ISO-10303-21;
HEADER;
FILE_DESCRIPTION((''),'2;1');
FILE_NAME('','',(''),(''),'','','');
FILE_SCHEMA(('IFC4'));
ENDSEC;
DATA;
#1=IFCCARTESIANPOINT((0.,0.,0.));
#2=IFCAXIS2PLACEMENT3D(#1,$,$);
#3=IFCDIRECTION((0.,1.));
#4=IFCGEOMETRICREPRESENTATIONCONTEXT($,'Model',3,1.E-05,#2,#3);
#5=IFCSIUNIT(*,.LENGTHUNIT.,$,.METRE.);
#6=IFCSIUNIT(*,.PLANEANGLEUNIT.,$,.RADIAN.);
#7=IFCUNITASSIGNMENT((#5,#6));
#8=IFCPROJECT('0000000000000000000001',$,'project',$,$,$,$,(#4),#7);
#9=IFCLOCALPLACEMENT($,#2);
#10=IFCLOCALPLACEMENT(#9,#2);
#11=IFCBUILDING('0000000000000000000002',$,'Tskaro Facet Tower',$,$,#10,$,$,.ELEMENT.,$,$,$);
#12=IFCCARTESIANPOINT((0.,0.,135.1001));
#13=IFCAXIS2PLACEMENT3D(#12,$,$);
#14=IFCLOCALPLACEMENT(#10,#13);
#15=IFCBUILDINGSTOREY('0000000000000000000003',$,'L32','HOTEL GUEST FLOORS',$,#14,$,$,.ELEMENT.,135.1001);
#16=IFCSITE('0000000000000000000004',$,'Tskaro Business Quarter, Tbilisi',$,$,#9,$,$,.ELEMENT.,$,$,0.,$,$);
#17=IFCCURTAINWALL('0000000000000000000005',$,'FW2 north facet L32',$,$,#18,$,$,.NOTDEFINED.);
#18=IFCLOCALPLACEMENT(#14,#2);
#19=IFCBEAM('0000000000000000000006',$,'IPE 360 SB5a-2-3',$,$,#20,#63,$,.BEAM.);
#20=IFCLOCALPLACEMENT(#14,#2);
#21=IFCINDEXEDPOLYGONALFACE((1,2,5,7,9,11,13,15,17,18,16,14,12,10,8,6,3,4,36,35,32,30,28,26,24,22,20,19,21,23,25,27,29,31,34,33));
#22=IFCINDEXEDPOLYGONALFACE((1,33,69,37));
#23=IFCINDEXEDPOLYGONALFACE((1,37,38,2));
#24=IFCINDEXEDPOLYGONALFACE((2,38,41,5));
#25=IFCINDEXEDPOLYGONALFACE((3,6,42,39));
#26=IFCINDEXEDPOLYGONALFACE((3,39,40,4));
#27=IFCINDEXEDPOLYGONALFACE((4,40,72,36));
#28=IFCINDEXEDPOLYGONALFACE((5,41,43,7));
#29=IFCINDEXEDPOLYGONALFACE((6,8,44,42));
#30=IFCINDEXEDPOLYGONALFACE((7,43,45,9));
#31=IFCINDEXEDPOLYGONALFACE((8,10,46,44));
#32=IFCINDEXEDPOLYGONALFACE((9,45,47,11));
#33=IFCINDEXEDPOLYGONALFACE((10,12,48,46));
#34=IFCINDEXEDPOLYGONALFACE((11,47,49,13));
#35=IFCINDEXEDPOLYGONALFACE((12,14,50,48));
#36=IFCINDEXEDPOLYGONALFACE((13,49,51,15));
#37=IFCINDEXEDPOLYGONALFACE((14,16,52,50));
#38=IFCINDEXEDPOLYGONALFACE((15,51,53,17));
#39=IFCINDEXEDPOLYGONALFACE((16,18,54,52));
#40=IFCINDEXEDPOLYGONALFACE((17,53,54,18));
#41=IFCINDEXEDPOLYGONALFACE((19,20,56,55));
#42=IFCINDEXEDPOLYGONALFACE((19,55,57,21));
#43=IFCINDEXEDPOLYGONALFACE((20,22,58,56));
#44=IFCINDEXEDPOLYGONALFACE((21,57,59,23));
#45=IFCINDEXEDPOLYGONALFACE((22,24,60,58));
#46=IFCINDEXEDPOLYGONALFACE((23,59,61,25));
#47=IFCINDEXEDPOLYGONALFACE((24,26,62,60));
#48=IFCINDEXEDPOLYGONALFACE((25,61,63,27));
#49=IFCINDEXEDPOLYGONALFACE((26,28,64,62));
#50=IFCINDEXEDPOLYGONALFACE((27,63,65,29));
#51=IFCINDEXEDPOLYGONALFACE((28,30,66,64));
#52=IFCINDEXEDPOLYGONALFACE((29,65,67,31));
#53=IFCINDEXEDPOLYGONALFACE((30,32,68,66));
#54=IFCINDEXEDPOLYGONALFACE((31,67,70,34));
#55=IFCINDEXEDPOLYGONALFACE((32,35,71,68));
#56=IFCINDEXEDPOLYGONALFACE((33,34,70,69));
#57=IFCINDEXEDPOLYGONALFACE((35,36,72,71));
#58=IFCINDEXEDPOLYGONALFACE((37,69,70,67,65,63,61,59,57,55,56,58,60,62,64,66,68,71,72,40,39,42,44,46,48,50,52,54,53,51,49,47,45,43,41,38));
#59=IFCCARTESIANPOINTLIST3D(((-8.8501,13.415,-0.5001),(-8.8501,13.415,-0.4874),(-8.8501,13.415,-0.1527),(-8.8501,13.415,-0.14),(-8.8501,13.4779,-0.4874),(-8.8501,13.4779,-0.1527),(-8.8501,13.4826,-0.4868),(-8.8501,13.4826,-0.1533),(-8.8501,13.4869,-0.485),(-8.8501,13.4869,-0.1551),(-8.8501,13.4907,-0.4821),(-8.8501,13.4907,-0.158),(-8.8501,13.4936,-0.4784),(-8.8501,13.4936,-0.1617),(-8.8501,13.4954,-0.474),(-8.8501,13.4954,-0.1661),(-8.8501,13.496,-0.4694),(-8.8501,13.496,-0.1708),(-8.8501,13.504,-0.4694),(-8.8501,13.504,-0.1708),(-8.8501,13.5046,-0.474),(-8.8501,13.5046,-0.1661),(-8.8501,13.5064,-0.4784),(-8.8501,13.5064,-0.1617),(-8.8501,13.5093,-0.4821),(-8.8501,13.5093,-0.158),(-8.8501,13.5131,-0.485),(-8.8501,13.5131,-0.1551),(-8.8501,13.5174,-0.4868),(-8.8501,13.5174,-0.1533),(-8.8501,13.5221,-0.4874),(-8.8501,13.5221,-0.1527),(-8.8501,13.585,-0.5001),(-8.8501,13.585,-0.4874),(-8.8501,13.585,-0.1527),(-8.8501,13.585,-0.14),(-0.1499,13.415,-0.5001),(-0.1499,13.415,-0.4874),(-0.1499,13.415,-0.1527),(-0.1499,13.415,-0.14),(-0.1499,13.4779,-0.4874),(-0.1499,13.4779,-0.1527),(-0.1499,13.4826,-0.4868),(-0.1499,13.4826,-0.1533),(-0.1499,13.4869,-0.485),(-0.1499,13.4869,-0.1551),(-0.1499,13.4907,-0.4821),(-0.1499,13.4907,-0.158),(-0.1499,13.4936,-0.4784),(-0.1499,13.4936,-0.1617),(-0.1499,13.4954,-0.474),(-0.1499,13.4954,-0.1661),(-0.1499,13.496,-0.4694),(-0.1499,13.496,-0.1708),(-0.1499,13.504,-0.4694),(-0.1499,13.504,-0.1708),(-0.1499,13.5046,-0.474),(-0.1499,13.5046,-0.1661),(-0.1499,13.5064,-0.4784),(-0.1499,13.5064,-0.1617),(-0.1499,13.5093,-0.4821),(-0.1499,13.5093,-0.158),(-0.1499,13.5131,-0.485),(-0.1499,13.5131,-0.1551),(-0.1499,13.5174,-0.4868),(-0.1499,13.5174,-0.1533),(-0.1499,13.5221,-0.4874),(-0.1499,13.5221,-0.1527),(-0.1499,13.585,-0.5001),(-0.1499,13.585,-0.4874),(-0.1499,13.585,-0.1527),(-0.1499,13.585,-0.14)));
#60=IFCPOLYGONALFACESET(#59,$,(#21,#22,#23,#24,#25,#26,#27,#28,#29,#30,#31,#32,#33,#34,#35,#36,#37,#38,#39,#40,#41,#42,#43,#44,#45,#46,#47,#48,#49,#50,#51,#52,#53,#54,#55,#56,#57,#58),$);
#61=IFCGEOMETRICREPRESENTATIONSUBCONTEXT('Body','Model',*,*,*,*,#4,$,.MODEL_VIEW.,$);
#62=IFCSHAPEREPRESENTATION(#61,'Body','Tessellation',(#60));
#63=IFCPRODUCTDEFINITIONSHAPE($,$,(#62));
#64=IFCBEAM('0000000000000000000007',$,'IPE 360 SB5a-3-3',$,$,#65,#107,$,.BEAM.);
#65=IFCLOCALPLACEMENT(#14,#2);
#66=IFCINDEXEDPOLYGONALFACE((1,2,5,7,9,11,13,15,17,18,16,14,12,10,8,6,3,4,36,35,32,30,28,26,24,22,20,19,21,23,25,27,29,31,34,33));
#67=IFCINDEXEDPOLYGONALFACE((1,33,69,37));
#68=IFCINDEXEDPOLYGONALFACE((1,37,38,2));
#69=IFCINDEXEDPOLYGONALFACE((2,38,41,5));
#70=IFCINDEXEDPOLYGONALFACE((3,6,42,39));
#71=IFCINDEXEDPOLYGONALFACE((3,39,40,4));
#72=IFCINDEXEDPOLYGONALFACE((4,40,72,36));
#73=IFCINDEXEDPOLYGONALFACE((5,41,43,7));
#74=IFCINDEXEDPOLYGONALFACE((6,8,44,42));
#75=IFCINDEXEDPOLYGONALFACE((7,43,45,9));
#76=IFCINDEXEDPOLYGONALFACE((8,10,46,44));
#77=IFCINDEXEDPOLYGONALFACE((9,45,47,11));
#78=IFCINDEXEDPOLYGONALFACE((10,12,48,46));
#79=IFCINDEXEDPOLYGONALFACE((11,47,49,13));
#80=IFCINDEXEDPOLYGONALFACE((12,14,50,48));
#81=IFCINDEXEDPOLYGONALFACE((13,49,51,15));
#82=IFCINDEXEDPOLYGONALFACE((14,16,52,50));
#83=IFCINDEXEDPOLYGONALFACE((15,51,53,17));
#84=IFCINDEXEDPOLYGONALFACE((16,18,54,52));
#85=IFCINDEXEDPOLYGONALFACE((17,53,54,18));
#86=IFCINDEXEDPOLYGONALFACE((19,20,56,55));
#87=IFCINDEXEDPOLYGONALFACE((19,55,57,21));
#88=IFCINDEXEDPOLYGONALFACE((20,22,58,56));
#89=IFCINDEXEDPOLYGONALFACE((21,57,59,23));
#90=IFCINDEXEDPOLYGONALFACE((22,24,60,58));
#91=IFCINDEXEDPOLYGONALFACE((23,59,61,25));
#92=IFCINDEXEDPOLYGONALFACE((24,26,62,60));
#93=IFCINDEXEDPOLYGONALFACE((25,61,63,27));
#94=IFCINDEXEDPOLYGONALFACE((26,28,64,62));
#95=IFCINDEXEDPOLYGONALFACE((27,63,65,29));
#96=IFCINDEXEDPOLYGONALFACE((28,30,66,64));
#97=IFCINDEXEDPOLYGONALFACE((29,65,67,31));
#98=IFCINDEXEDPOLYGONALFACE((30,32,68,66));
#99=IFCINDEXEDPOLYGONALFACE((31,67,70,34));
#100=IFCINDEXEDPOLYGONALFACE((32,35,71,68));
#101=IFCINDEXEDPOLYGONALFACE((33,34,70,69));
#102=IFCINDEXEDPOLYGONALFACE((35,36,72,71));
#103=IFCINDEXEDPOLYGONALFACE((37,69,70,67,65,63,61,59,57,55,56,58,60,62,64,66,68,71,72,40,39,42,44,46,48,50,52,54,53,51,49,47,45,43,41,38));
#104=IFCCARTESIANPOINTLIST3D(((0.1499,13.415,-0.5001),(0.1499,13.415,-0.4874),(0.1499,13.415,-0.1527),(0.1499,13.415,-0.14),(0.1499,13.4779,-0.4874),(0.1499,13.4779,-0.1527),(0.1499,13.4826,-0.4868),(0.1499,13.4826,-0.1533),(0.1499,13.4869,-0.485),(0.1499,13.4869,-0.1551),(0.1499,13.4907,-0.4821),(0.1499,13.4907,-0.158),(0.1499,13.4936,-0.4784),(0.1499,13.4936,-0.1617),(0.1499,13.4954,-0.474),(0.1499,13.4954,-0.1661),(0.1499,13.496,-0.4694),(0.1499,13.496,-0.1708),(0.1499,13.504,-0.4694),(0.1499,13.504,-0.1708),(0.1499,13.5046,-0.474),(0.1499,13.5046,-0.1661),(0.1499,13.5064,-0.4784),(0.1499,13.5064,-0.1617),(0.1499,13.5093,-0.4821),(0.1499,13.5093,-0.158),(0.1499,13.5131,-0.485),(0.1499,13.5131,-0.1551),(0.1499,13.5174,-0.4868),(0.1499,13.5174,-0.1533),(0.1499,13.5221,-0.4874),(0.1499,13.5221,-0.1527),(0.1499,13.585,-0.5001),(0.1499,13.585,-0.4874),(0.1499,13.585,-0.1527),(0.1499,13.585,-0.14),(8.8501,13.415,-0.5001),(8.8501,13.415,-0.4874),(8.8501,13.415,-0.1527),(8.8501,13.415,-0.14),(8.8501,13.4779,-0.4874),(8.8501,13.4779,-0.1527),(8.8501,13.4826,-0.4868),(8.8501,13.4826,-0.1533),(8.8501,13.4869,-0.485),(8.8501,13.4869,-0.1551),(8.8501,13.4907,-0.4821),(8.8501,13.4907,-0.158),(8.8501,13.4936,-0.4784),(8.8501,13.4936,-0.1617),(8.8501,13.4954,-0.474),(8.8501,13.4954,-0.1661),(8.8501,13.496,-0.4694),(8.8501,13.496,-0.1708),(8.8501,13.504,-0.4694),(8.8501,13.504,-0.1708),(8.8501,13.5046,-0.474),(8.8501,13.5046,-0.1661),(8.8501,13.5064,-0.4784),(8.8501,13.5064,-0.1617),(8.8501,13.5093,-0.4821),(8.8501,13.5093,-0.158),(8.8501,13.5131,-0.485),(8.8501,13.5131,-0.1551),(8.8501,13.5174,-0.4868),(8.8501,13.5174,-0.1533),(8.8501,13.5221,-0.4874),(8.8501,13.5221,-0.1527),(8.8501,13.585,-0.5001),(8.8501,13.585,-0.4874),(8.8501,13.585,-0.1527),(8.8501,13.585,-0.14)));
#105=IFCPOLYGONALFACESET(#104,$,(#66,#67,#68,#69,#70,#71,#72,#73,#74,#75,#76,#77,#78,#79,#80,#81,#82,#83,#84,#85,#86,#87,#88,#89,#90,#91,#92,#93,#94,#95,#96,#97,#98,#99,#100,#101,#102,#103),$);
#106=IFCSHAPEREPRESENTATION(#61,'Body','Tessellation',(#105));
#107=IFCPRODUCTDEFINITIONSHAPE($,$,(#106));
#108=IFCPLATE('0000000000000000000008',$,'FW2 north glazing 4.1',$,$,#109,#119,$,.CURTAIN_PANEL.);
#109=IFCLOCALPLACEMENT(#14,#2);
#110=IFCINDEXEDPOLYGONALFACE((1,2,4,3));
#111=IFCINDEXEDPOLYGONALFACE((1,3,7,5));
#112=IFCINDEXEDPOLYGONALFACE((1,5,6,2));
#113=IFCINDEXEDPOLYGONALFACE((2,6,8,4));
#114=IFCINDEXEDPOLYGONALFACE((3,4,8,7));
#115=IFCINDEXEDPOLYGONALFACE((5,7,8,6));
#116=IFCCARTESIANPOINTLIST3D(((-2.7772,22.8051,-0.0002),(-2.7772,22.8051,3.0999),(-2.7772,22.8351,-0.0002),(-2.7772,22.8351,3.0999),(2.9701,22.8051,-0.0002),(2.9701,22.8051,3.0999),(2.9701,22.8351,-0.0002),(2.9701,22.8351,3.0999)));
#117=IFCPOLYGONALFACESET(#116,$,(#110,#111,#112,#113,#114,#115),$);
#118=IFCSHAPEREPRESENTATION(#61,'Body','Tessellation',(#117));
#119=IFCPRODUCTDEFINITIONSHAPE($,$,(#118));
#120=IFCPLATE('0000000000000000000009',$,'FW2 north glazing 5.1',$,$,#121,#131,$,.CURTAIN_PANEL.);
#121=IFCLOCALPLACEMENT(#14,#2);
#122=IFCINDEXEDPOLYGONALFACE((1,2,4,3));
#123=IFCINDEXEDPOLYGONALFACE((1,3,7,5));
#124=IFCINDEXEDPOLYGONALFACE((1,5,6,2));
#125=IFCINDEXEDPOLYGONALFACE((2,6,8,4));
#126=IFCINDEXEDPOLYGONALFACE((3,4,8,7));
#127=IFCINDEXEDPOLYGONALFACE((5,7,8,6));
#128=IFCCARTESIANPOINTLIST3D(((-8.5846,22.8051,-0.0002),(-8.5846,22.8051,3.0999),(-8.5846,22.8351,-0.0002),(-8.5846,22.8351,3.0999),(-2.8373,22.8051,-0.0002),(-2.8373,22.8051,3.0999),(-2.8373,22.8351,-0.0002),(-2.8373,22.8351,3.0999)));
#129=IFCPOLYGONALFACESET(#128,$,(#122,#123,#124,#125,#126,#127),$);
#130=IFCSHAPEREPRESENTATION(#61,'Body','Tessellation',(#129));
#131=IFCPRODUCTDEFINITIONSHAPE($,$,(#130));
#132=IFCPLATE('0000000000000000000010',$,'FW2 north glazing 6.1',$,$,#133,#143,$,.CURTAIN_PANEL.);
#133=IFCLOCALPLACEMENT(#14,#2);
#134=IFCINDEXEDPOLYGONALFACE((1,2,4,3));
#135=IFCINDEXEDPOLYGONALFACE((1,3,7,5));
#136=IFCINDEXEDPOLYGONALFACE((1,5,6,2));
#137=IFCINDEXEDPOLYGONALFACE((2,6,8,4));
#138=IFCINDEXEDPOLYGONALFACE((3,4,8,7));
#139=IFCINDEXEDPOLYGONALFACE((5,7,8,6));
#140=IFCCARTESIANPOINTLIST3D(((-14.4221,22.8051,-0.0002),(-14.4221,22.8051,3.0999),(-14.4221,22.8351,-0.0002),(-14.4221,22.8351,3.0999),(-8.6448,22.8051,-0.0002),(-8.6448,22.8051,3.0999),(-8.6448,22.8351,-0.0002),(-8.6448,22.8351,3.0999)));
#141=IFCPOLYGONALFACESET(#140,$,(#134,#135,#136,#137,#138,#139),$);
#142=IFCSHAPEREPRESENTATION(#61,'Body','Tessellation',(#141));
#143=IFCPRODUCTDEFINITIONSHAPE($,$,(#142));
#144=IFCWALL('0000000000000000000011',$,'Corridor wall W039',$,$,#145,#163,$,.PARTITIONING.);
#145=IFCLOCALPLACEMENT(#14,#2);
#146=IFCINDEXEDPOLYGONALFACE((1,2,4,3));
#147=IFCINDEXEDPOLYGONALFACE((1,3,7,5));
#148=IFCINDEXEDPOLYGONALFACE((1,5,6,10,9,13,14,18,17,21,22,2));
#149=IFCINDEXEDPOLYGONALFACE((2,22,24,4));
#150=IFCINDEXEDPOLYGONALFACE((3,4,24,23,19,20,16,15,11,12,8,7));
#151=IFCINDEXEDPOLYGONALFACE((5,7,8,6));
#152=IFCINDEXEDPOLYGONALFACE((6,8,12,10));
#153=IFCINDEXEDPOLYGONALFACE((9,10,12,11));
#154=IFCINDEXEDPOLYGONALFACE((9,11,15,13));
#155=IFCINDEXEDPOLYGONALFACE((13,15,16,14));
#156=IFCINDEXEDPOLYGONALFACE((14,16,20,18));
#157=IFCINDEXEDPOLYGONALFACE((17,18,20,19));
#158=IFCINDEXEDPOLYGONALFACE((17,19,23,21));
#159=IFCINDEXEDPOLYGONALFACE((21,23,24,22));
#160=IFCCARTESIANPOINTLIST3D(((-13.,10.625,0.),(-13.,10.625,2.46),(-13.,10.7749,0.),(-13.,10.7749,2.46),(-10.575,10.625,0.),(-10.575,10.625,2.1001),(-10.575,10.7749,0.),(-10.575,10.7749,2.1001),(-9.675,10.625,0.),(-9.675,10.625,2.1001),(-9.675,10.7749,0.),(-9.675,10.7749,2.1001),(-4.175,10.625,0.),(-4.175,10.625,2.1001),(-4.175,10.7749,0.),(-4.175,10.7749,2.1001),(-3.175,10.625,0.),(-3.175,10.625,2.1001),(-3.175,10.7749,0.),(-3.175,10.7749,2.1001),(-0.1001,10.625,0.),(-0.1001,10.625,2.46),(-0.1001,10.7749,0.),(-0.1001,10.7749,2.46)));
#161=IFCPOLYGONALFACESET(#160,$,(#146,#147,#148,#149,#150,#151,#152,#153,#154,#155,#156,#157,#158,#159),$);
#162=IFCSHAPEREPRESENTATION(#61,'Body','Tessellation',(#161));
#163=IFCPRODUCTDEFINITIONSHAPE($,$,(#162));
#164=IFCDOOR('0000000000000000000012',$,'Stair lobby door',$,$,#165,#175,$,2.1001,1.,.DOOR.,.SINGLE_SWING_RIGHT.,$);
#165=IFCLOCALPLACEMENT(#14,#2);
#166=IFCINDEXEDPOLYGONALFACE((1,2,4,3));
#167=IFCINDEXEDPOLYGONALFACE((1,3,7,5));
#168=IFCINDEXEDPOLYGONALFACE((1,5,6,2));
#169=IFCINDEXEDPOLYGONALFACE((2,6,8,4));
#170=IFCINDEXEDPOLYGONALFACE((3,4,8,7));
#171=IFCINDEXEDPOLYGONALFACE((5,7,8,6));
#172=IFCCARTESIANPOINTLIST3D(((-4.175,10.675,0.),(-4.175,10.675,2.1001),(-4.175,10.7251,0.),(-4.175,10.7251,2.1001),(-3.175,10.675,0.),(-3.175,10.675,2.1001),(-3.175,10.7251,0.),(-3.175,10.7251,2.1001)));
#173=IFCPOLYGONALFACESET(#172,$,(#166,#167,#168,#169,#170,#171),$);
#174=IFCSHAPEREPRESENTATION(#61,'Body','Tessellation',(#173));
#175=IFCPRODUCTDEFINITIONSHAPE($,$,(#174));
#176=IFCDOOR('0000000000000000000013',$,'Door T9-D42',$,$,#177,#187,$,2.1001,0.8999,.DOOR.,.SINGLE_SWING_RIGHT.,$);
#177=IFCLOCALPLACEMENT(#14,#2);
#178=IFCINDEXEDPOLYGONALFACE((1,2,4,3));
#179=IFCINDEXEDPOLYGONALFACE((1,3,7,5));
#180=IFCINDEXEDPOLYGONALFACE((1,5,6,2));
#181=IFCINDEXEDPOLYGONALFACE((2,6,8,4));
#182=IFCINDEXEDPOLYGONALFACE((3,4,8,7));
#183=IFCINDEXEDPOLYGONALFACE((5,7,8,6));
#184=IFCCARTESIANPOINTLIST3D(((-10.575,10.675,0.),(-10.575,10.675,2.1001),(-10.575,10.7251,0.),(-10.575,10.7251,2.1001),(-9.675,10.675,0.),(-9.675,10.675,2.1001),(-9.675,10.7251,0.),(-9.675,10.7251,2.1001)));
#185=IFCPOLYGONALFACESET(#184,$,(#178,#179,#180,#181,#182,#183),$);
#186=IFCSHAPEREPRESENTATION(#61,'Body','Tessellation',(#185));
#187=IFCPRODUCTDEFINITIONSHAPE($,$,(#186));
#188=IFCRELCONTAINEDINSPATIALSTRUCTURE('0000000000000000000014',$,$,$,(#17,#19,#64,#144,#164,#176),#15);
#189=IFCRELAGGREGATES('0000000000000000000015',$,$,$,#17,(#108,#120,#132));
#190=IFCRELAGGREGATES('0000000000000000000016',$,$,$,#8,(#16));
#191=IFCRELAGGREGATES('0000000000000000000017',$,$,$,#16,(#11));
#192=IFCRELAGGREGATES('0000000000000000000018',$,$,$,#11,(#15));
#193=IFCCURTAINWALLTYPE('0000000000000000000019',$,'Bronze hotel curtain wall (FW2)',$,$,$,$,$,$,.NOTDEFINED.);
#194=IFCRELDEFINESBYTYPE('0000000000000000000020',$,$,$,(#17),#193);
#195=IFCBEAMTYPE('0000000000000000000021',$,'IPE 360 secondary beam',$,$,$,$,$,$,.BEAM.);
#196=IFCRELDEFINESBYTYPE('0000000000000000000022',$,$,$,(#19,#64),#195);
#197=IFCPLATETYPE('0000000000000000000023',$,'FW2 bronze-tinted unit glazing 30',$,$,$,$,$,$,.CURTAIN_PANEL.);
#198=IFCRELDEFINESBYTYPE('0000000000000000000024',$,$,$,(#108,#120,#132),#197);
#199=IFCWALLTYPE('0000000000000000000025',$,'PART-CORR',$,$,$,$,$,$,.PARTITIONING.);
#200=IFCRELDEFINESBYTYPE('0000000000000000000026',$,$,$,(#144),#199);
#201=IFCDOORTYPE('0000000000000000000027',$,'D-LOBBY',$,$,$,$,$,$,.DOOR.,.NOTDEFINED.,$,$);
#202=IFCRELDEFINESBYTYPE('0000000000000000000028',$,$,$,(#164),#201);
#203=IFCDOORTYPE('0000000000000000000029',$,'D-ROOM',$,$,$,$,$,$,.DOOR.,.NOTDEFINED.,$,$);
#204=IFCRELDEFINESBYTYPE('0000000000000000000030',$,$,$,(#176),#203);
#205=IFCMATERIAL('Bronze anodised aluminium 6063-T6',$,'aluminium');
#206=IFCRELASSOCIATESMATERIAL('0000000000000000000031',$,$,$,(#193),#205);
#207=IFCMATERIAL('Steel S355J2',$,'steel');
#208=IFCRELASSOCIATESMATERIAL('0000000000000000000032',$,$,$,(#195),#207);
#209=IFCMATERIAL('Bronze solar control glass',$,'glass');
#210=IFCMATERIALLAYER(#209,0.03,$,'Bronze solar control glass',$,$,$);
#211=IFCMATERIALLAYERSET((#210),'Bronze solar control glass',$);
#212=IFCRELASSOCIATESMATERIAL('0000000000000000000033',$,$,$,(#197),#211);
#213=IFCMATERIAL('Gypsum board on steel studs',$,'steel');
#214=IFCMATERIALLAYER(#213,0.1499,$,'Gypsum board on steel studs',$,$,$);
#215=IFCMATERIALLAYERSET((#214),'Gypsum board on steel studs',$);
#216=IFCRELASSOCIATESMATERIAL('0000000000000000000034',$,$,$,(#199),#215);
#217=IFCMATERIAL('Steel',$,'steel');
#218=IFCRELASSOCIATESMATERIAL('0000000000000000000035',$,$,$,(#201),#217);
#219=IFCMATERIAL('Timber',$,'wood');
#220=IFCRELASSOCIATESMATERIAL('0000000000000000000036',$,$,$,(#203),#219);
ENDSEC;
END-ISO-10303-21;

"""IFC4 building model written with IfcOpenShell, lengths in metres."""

from ifc_helpers import new_model, si_unit, direction, frame, frame_2d, origin, origin_2d, place, context, subcontext, project, spatial, rectangle, i_section, extrude, material, layer, layer_set, material_profile, profile_set, type_object, element, fill, aggregate, save


model = new_model("IFC4")

# Units and contexts
model_context = context("Model", 3, precision=1e-05, world=origin(), true_north=direction((0.0, 1.0)))
body_context = subcontext(model_context, "Body", "Model", "MODEL_VIEW")
ifc_project = project(units=[si_unit("LENGTHUNIT", "METRE"), si_unit("PLANEANGLEUNIT", "RADIAN")], contexts=[model_context])

# Site, building, storey
site_placement = place(None, origin())
site = spatial("IfcSite", under=ifc_project, at=site_placement, Name="Tskaro Business Quarter, Tbilisi", CompositionType="ELEMENT", RefElevation=0.0)
building_placement = place(site_placement, origin())
building = spatial("IfcBuilding", under=site, at=building_placement, Name="Tskaro Facet Tower", CompositionType="ELEMENT")
storey_placement = place(building_placement, frame((0.0, 0.0, 135.1001)))
storey = spatial("IfcBuildingStorey", under=building, at=storey_placement, Name="L32", Description="HOTEL GUEST FLOORS", CompositionType="ELEMENT", Elevation=135.1001)

# Curtain wall
ifc_material_1 = material(Name="Bronze anodised aluminium 6063-T6", Category="aluminium")
curtain_wall_type = type_object("IfcCurtainWallType", Name="Bronze hotel curtain wall (FW2)", PredefinedType="NOTDEFINED", material=ifc_material_1)
curtain_wall_placement = place(storey_placement, origin())
curtain_wall = element("IfcCurtainWall", 1, at=curtain_wall_placement, inside=storey, type_object=curtain_wall_type, Name="FW2 north facet L32", PredefinedType="NOTDEFINED")

# Beams
ifc_material_2 = material(Name="Steel S355J2", Category="steel")
ifc_material_profile_1 = material_profile(ifc_material_2, i_section(OverallWidth=0.1699, OverallDepth=0.3601, WebThickness=0.0081, FlangeThickness=0.0127, FilletRadius=0.0181, at=origin_2d()), Name="IPE 360")
ifc_profile_set_1 = profile_set([ifc_material_profile_1], Name="Steel S355J2")
beam_type_1 = type_object("IfcBeamType", Name="IPE 360 secondary beam", PredefinedType="BEAM", material=ifc_profile_set_1)
for number, where, z_axis, x_axis, name in (
    (2, (-8.8501, 13.5, -0.3201), (1.0, 0.0, 0.0), (0.0, 1.0, 0.0), "IPE 360 SB5a-2-3"),
    (3, (0.1499, 13.5, -0.3201), (1.0, 0.0, 0.0), (0.0, 1.0, 0.0), "IPE 360 SB5a-3-3"),
):
    element("IfcBeam", number, at=place(storey_placement, frame(where, z_axis=z_axis, x_axis=x_axis)), inside=storey, type_object=beam_type_1, Name=name, PredefinedType="BEAM", context=body_context, shape_type="SweptSolid", body=[
        extrude(i_section(OverallWidth=0.1699, OverallDepth=0.3601, WebThickness=0.0081, FlangeThickness=0.0127, FilletRadius=0.0181, at=origin_2d()), origin(), (0.0, 0.0, 1.0), 8.7002),
    ])

# Plates
ifc_material_3 = material(Name="Bronze solar control glass", Category="glass")
ifc_layer_1 = layer(ifc_material_3, 0.03, Name="Bronze solar control glass")
ifc_layer_set_1 = layer_set([ifc_layer_1], Name="Bronze solar control glass")
plate_type = type_object("IfcPlateType", Name="FW2 bronze-tinted unit glazing 30", PredefinedType="CURTAIN_PANEL", material=ifc_layer_set_1)
plate_1_placement = place(storey_placement, frame((0.0964, 22.8201, -0.0002), z_axis=(0.0, 0.0, 1.0), x_axis=(-1.0, 0.0, 0.0)))
plate_1 = element("IfcPlate", 4, at=plate_1_placement, type_object=plate_type, Name="FW2 north glazing 4.1", PredefinedType="CURTAIN_PANEL", context=body_context, shape_type="SweptSolid", body=[
    extrude(rectangle(XDim=5.7473, YDim=0.03, at=origin_2d()), origin(), (0.0, 0.0, 1.0), 3.1001),
])
plate_2_placement = place(storey_placement, frame((-5.7109, 22.8201, -0.0002), z_axis=(0.0, 0.0, 1.0), x_axis=(-1.0, 0.0, 0.0)))
plate_2 = element("IfcPlate", 5, at=plate_2_placement, type_object=plate_type, Name="FW2 north glazing 5.1", PredefinedType="CURTAIN_PANEL", context=body_context, shape_type="SweptSolid", body=[
    extrude(rectangle(XDim=5.7473, YDim=0.03, at=origin_2d()), origin(), (0.0, 0.0, 1.0), 3.1001),
])
plate_3_placement = place(storey_placement, frame((-11.5334, 22.8201, -0.0002), z_axis=(0.0, 0.0, 1.0), x_axis=(-1.0, 0.0, 0.0)))
plate_3 = element("IfcPlate", 6, at=plate_3_placement, type_object=plate_type, Name="FW2 north glazing 6.1", PredefinedType="CURTAIN_PANEL", context=body_context, shape_type="SweptSolid", body=[
    extrude(rectangle(XDim=5.7773, YDim=0.03, at=origin_2d()), origin(), (0.0, 0.0, 1.0), 3.1001),
])
aggregate(curtain_wall, [plate_1, plate_2, plate_3])

# Wall, openings, doors
ifc_material_4 = material(Name="Gypsum board on steel studs", Category="steel")
ifc_layer_2 = layer(ifc_material_4, 0.1499, Name="Gypsum board on steel studs")
ifc_layer_set_2 = layer_set([ifc_layer_2], Name="Gypsum board on steel studs")
wall_type_1 = type_object("IfcWallType", Name="PART-CORR", PredefinedType="PARTITIONING", material=ifc_layer_set_2)
wall_1_placement = place(storey_placement, frame((-0.1001, 10.7, 0.0), z_axis=(0.0, 0.0, 1.0), x_axis=(-1.0, 0.0, 0.0)))
wall_1 = element("IfcWall", 7, at=wall_1_placement, inside=storey, type_object=wall_type_1, Name="Corridor wall W039", PredefinedType="PARTITIONING", context=body_context, shape_type="SweptSolid", body=[
    extrude(rectangle(XDim=12.8999, YDim=0.1499, at=frame_2d((6.45, 0.0))), origin(), (0.0, 0.0, 1.0), 2.46),
])
opening_1_placement = place(wall_1_placement, frame((3.075, 0.0, 0.0)))
opening_1 = element("IfcOpeningElement", 8, at=opening_1_placement, cuts=wall_1, PredefinedType="OPENING", context=body_context, shape_type="SweptSolid", body=[
    extrude(rectangle(XDim=1.0, YDim=2.1001, at=frame_2d((0.5, 1.05))), frame((0.0, 0.085, 0.0), z_axis=(0.0, -1.0, 0.0), x_axis=(1.0, 0.0, 0.0)), (0.0, 0.0, 1.0), 0.1699),
])
opening_2_placement = place(wall_1_placement, frame((9.575, 0.0, 0.0)))
opening_2 = element("IfcOpeningElement", 9, at=opening_2_placement, cuts=wall_1, PredefinedType="OPENING", context=body_context, shape_type="SweptSolid", body=[
    extrude(rectangle(XDim=0.8999, YDim=2.1001, at=frame_2d((0.45, 1.05))), frame((0.0, 0.085, 0.0), z_axis=(0.0, -1.0, 0.0), x_axis=(1.0, 0.0, 0.0)), (0.0, 0.0, 1.0), 0.1699),
])
ifc_material_5 = material(Name="Steel", Category="steel")
door_type_1 = type_object("IfcDoorType", Name="D-LOBBY", OperationType="NOTDEFINED", PredefinedType="DOOR", material=ifc_material_5)
door_1_placement = place(opening_1_placement, origin())
door_1 = element("IfcDoor", 10, at=door_1_placement, inside=storey, type_object=door_type_1, Name="Stair lobby door", OperationType="SINGLE_SWING_RIGHT", OverallHeight=2.1001, OverallWidth=1.0, PredefinedType="DOOR", context=body_context, shape_type="SweptSolid", body=[
    extrude(rectangle(XDim=1.0, YDim=2.1001, at=frame_2d((0.5, 1.05))), frame((0.0, 0.0249, 0.0), z_axis=(0.0, -1.0, 0.0), x_axis=(1.0, 0.0, 0.0)), (0.0, 0.0, 1.0), 0.05),
])
fill(opening_1, door_1)
ifc_material_6 = material(Name="Timber", Category="wood")
door_type_2 = type_object("IfcDoorType", Name="D-ROOM", OperationType="NOTDEFINED", PredefinedType="DOOR", material=ifc_material_6)
door_2_placement = place(opening_2_placement, origin())
door_2 = element("IfcDoor", 11, at=door_2_placement, inside=storey, type_object=door_type_2, Name="Door T9-D42", OperationType="SINGLE_SWING_RIGHT", OverallHeight=2.1001, OverallWidth=0.8999, PredefinedType="DOOR", context=body_context, shape_type="SweptSolid", body=[
    extrude(rectangle(XDim=0.8999, YDim=2.1001, at=frame_2d((0.45, 1.05))), frame((0.0, 0.0249, 0.0), z_axis=(0.0, -1.0, 0.0), x_axis=(1.0, 0.0, 0.0)), (0.0, 0.0, 1.0), 0.05),
])
fill(opening_2, door_2)

save(model, "model.ifc")
